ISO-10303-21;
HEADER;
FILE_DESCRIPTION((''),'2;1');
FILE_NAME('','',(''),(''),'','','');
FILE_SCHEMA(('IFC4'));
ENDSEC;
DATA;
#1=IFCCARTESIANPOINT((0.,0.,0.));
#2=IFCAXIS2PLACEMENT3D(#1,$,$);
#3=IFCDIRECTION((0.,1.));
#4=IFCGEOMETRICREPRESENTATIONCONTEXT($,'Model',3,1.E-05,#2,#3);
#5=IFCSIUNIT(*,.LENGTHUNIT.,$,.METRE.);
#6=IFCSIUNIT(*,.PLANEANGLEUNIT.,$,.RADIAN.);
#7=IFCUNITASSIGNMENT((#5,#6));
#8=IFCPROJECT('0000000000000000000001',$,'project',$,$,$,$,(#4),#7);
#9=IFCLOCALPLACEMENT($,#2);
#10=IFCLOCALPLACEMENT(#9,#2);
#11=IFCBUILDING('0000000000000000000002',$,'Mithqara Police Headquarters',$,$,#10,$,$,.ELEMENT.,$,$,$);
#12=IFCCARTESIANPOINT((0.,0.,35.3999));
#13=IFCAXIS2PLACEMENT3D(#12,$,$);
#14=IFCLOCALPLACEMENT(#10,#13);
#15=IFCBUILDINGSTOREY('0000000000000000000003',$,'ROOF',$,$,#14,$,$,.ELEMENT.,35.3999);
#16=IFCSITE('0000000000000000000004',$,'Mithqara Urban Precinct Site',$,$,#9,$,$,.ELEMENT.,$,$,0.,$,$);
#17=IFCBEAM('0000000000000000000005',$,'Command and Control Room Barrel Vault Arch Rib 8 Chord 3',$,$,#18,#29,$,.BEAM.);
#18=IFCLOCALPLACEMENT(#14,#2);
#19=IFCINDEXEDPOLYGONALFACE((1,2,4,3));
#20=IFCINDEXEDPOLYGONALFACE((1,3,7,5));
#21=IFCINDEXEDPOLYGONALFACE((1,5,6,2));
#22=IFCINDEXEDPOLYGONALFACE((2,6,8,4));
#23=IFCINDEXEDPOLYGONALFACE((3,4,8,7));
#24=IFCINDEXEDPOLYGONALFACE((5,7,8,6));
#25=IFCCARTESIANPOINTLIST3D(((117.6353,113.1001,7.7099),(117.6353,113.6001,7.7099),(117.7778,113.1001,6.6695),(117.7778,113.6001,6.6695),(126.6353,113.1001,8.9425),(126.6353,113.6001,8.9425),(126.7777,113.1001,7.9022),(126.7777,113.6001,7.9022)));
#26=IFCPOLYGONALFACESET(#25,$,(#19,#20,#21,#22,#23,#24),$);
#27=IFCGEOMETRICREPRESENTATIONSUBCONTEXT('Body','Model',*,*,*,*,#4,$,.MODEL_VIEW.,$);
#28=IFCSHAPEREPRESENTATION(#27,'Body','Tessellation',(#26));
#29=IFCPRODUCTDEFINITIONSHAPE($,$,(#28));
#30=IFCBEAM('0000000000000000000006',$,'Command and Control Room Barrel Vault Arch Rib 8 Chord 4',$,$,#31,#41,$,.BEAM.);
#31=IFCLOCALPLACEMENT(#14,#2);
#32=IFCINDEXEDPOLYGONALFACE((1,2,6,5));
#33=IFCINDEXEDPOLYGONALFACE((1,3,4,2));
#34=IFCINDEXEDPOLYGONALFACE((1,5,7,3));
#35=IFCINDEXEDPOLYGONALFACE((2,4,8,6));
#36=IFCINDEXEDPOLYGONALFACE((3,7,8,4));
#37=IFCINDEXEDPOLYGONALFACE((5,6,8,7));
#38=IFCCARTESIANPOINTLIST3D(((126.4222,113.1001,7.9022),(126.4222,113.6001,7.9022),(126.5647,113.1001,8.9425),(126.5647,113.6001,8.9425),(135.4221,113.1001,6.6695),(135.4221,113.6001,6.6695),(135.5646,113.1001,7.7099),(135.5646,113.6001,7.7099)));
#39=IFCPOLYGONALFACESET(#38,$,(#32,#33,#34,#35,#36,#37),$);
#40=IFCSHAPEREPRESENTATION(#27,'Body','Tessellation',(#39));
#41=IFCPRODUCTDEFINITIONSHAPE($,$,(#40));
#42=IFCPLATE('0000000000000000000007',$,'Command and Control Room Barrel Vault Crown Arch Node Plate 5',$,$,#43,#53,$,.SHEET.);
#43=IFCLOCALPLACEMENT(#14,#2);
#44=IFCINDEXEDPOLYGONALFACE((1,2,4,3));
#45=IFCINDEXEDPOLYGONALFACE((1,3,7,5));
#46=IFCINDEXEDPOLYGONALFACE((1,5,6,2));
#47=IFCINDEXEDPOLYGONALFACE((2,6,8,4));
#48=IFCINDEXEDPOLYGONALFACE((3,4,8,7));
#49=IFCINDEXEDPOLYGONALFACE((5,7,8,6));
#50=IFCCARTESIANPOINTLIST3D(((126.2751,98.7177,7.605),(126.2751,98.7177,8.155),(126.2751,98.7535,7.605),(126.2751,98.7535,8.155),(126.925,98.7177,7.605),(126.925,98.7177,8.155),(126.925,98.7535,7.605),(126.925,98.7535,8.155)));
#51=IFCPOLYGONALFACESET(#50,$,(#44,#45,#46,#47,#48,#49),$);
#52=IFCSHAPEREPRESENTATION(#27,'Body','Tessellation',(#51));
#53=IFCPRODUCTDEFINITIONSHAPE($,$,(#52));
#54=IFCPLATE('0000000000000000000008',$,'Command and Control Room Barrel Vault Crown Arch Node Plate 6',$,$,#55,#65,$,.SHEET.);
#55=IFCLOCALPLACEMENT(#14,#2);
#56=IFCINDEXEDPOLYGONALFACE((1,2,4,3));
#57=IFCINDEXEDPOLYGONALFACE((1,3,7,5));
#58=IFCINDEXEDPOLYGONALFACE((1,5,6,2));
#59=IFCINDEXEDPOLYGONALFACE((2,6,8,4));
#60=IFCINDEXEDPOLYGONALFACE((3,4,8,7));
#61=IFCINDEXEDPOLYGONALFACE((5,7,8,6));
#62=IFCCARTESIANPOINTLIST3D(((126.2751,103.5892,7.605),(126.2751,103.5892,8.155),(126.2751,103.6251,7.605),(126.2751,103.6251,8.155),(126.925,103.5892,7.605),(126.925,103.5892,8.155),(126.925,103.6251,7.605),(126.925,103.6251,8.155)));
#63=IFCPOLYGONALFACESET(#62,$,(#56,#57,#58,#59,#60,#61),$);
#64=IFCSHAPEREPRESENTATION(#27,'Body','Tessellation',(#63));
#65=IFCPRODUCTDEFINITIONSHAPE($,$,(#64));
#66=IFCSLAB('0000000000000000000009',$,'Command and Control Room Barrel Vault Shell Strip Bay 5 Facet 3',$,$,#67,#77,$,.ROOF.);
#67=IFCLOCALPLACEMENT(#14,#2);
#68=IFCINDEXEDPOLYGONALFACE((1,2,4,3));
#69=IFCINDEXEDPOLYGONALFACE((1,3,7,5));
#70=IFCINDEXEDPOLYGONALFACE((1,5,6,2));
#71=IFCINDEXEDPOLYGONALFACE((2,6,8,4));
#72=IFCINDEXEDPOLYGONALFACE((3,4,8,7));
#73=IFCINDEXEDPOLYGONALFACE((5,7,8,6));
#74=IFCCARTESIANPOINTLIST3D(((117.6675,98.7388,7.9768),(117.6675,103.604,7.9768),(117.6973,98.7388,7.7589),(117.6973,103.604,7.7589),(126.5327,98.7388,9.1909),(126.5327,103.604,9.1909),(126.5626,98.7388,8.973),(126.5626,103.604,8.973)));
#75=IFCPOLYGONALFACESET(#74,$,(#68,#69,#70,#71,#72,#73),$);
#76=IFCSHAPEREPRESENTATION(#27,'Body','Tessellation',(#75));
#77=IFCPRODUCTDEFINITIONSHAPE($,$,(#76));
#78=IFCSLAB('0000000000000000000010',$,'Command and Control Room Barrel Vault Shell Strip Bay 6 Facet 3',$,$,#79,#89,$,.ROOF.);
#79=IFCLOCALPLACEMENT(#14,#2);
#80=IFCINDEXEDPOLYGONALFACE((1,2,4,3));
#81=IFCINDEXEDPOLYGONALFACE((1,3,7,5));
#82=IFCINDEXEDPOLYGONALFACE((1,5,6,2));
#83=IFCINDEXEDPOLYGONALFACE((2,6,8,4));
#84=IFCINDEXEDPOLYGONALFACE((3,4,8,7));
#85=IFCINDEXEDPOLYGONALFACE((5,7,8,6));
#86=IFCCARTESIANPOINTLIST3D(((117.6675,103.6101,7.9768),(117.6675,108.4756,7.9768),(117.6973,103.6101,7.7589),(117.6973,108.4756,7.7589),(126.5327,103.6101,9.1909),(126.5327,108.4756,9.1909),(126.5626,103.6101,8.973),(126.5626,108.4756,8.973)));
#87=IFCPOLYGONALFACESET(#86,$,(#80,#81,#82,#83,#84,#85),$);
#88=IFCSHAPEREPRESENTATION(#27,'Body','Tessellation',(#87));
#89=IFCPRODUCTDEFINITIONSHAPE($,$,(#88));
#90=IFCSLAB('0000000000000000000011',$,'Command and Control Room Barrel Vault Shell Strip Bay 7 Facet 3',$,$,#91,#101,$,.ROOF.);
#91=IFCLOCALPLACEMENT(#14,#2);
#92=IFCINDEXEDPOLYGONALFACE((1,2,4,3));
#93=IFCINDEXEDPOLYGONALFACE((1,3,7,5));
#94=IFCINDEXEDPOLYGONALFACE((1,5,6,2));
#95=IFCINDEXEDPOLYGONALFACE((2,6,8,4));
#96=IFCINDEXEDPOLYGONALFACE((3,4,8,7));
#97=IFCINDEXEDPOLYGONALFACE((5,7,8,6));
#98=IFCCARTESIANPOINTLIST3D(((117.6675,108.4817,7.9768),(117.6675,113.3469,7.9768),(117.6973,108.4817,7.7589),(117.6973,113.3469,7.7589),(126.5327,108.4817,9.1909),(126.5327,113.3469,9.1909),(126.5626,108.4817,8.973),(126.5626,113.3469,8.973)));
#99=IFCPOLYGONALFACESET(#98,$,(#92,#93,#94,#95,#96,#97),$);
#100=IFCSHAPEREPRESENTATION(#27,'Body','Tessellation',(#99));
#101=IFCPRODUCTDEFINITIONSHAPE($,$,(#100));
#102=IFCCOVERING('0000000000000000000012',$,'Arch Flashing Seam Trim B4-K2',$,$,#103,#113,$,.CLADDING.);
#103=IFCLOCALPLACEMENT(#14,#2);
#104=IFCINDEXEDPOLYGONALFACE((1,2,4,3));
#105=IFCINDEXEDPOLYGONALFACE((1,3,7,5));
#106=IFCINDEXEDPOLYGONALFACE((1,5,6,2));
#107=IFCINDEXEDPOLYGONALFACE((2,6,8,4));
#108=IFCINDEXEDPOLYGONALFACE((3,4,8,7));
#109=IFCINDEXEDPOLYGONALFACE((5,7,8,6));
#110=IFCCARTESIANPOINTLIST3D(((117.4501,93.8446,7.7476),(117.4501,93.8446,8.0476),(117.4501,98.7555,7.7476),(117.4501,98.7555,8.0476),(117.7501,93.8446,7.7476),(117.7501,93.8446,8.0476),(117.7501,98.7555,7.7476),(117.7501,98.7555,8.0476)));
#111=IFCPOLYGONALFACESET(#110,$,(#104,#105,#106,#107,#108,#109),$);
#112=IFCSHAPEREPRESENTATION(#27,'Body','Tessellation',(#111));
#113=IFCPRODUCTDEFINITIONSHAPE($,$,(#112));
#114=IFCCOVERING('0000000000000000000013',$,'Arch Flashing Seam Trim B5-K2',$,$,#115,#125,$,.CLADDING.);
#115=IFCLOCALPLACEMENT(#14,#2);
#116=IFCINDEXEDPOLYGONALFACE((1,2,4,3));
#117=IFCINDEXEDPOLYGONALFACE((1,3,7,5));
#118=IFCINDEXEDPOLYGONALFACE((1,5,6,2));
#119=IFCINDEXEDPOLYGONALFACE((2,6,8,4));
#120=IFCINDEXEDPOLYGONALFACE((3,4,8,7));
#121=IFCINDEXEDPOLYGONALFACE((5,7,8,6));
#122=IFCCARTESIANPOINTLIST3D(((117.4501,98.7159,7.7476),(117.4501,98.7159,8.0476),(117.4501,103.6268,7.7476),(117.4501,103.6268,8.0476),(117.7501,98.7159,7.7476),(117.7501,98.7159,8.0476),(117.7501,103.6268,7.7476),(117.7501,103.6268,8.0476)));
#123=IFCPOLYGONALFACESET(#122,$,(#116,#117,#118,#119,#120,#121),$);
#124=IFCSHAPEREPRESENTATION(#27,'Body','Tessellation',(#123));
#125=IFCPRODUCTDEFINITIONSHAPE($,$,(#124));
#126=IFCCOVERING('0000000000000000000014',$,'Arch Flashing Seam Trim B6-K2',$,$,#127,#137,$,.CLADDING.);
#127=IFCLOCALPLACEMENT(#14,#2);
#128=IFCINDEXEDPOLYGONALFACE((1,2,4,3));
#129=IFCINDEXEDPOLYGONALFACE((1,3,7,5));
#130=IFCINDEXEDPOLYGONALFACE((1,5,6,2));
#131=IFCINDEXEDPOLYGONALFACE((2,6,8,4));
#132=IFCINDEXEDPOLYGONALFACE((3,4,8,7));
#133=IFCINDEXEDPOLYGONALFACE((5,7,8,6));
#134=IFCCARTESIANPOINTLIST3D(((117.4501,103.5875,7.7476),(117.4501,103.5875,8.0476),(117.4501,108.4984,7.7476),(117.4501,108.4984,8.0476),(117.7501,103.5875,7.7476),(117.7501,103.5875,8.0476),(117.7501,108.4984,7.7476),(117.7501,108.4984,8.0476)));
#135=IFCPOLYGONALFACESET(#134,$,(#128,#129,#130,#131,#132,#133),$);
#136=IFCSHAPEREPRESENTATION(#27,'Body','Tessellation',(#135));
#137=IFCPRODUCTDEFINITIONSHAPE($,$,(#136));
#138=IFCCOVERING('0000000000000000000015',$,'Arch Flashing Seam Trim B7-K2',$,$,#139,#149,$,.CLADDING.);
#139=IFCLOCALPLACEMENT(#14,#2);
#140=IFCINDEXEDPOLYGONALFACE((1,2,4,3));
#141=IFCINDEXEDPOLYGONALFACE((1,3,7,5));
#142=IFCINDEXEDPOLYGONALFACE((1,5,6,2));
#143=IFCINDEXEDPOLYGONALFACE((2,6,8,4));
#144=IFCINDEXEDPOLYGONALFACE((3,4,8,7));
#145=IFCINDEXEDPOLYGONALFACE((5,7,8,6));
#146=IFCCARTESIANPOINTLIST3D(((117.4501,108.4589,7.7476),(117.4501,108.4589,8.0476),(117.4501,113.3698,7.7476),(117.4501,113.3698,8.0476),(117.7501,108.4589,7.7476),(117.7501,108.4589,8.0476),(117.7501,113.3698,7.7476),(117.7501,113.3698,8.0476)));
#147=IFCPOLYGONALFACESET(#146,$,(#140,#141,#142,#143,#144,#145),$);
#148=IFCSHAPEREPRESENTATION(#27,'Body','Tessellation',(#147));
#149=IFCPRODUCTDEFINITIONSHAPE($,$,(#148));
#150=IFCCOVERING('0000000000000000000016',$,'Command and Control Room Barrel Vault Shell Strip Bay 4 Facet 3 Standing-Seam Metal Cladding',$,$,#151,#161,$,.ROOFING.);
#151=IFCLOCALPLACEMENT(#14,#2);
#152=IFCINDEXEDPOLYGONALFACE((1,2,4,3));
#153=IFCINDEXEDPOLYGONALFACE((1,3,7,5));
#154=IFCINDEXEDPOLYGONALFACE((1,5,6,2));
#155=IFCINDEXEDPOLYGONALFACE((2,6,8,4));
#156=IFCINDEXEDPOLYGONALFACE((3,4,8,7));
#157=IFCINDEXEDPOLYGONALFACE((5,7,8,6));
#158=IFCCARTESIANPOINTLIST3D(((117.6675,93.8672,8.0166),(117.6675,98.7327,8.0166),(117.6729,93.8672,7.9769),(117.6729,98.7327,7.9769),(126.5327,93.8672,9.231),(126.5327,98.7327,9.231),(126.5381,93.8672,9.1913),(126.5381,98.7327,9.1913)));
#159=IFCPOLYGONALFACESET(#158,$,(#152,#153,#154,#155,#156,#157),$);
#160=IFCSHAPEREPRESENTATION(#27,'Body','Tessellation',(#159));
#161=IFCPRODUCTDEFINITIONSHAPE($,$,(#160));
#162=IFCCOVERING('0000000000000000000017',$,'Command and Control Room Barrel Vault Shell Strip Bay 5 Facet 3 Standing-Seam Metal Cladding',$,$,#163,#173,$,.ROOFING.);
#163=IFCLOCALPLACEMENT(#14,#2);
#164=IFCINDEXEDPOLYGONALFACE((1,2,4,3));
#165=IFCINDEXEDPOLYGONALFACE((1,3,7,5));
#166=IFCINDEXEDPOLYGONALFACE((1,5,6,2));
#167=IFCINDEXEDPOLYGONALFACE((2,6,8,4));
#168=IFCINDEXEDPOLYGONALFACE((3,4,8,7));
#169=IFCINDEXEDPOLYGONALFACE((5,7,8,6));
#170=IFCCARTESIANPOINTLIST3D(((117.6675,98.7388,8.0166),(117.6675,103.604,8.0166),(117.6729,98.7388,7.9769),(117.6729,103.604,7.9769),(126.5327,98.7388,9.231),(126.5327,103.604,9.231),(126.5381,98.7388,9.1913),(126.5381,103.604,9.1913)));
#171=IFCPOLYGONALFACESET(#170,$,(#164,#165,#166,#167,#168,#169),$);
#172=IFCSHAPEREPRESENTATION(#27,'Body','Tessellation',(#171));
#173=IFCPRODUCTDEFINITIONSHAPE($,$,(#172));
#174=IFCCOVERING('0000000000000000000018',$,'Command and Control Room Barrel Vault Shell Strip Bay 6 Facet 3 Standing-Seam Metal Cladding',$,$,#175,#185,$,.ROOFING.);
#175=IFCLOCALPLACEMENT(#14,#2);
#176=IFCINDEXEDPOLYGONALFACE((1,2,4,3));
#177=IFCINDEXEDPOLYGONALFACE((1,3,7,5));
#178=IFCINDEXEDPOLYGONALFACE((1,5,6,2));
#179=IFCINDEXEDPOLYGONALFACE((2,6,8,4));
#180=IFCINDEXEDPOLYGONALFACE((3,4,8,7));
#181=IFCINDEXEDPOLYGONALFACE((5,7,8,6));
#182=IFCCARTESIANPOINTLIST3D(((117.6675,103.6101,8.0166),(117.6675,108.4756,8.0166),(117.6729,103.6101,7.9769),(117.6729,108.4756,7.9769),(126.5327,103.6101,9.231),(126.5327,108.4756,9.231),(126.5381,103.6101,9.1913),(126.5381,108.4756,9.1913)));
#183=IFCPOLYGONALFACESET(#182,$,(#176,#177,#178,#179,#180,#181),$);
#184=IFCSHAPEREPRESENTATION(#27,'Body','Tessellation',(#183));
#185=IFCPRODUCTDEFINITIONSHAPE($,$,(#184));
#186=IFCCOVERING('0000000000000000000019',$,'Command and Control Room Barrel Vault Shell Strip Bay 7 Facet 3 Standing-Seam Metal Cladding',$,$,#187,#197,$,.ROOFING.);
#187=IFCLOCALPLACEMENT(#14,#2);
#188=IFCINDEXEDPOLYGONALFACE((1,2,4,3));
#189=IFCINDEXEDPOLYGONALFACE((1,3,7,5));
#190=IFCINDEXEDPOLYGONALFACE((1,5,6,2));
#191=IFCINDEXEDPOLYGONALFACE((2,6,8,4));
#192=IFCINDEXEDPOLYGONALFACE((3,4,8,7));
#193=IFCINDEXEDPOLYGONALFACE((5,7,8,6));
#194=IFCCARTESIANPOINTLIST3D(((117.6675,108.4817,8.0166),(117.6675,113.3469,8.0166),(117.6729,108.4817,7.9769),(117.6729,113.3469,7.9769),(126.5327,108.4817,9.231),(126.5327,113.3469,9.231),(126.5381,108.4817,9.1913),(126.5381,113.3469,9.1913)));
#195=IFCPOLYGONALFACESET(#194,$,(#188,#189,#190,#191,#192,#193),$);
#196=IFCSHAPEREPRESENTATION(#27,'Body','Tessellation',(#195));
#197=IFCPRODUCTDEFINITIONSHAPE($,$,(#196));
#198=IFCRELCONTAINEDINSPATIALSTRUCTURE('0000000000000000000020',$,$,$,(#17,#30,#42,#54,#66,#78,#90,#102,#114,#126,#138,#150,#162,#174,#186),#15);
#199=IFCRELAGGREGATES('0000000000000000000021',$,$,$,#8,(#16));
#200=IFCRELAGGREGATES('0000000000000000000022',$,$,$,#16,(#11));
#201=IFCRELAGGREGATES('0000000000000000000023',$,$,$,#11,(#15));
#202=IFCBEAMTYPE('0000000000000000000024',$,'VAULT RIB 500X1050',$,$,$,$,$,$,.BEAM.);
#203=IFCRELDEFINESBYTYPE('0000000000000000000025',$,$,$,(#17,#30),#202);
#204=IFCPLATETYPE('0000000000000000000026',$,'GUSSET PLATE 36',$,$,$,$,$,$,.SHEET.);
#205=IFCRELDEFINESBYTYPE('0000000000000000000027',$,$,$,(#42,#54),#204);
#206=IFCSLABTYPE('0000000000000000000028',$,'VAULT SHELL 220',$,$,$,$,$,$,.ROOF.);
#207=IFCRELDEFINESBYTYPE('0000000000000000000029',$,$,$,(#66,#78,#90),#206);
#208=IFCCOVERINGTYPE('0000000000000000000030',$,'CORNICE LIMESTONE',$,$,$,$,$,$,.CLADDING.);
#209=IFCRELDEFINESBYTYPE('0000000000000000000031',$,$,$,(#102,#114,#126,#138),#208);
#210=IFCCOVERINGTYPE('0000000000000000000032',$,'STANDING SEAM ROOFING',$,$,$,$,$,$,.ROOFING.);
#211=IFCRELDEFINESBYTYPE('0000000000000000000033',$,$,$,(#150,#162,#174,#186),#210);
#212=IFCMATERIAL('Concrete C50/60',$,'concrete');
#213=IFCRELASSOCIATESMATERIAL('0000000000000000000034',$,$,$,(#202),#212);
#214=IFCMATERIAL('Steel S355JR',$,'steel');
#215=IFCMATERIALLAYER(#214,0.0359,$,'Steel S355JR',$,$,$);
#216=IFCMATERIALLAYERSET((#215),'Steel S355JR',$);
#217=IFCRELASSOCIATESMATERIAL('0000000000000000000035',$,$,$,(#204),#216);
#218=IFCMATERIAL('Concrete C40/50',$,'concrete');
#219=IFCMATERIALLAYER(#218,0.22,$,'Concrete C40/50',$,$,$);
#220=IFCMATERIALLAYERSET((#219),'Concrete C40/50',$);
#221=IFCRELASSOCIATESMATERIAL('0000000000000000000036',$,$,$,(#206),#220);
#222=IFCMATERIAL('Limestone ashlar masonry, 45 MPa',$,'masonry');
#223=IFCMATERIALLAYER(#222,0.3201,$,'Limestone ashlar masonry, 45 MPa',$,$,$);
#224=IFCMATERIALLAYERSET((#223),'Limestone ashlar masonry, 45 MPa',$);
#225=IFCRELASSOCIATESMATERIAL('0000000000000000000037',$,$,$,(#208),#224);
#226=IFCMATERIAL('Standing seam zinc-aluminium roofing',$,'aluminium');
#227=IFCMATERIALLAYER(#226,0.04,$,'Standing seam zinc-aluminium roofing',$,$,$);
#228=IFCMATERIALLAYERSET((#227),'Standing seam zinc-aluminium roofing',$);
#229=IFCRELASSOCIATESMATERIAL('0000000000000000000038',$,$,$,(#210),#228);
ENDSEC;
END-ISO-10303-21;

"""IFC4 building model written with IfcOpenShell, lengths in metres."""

from ifc_helpers import new_model, si_unit, direction, frame, origin, origin_2d, place, context, subcontext, project, spatial, polyline, rectangle, outline, extrude, material, layer, layer_set, material_profile, profile_set, type_object, element, save


model = new_model("IFC4")

# Units and contexts
model_context = context("Model", 3, precision=1e-05, world=origin(), true_north=direction((0.0, 1.0)))
body_context = subcontext(model_context, "Body", "Model", "MODEL_VIEW")
ifc_project = project(units=[si_unit("LENGTHUNIT", "METRE"), si_unit("PLANEANGLEUNIT", "RADIAN")], contexts=[model_context])

# Site, building, storey
site_placement = place(None, origin())
site = spatial("IfcSite", under=ifc_project, at=site_placement, Name="Mithqara Urban Precinct Site", CompositionType="ELEMENT", RefElevation=0.0)
building_placement = place(site_placement, origin())
building = spatial("IfcBuilding", under=site, at=building_placement, Name="Mithqara Police Headquarters", CompositionType="ELEMENT")
storey_placement = place(building_placement, frame((0.0, 0.0, 35.3999)))
storey = spatial("IfcBuildingStorey", under=building, at=storey_placement, Name="ROOF", CompositionType="ELEMENT", Elevation=35.3999)

# Shared definitions
ifc_material_1 = material(Name="Steel S355JR", Category="steel")

# Beams
ifc_material_2 = material(Name="Concrete C50/60", Category="concrete")
ifc_material_profile_1 = material_profile(ifc_material_2, rectangle(XDim=0.5, YDim=1.05, at=origin_2d()), Name="RIB 500x1050")
ifc_profile_set_1 = profile_set([ifc_material_profile_1], Name="Concrete C50/60")
beam_type = type_object("IfcBeamType", Name="VAULT RIB 500X1050", PredefinedType="BEAM", material=ifc_profile_set_1)
for number, where, z_axis, x_axis, name in (
    (1, (117.7065, 113.3501, 7.1897), (0.990751, 0.0, 0.135696), (0.0, 1.0, 0.0), "Command and Control Room Barrel Vault Arch Rib 8 Chord 3"),
    (2, (126.4934, 113.3501, 8.4224), (0.990751, 0.0, -0.135696), (0.0, 1.0, 0.0), "Command and Control Room Barrel Vault Arch Rib 8 Chord 4"),
):
    element("IfcBeam", number, at=place(storey_placement, frame(where, z_axis=z_axis, x_axis=x_axis)), inside=storey, type_object=beam_type, Name=name, PredefinedType="BEAM", context=body_context, shape_type="SweptSolid", body=[
        extrude(rectangle(XDim=0.5, YDim=1.05, at=origin_2d()), origin(), (0.0, 0.0, 1.0), 9.084),
    ])

# Plates
ifc_layer_1 = layer(ifc_material_1, 0.0359, Name="Steel S355JR")
ifc_layer_set_1 = layer_set([ifc_layer_1], Name="Steel S355JR")
plate_type = type_object("IfcPlateType", Name="GUSSET PLATE 36", PredefinedType="SHEET", material=ifc_layer_set_1)
for number, where, z_axis, x_axis, name in (
    (3, (126.6001, 98.7356, 7.605), (0.0, 0.0, 1.0), (1.0, 0.0, 0.0), "Command and Control Room Barrel Vault Crown Arch Node Plate 5"),
    (4, (126.6001, 103.6072, 7.605), (0.0, 0.0, 1.0), (1.0, 0.0, 0.0), "Command and Control Room Barrel Vault Crown Arch Node Plate 6"),
):
    element("IfcPlate", number, at=place(storey_placement, frame(where, z_axis=z_axis, x_axis=x_axis)), inside=storey, type_object=plate_type, Name=name, PredefinedType="SHEET", context=body_context, shape_type="SweptSolid", body=[
        extrude(rectangle(XDim=0.6499, YDim=0.0359, at=origin_2d()), origin(), (0.0, 0.0, 1.0), 0.55),
    ])

# Slabs
ifc_material_3 = material(Name="Concrete C40/50", Category="concrete")
ifc_layer_2 = layer(ifc_material_3, 0.22, Name="Concrete C40/50")
ifc_layer_set_2 = layer_set([ifc_layer_2], Name="Concrete C40/50")
slab_type = type_object("IfcSlabType", Name="VAULT SHELL 220", PredefinedType="ROOF", material=ifc_layer_set_2)
slab_1_placement = place(storey_placement, frame((117.6675, 98.7388, 7.9768), z_axis=(-0.135685, 0.0, 0.990752), x_axis=(0.990752, 0.0, 0.135685)))
element("IfcSlab", 5, at=slab_1_placement, inside=storey, type_object=slab_type, Name="Command and Control Room Barrel Vault Shell Strip Bay 5 Facet 3", PredefinedType="ROOF", context=body_context, shape_type="SweptSolid", body=[
    extrude(outline(polyline([(0.0, 0.0), (8.948, 0.0), (8.948, 4.8652), (0.0, 4.8652), (0.0, 0.0)])), origin(), (0.0, 0.0, -1.0), 0.22),
])
slab_2_placement = place(storey_placement, frame((117.6675, 103.6101, 7.9768), z_axis=(-0.135685, 0.0, 0.990752), x_axis=(0.990752, 0.0, 0.135685)))
element("IfcSlab", 6, at=slab_2_placement, inside=storey, type_object=slab_type, Name="Command and Control Room Barrel Vault Shell Strip Bay 6 Facet 3", PredefinedType="ROOF", context=body_context, shape_type="SweptSolid", body=[
    extrude(outline(polyline([(0.0, 0.0), (8.948, 0.0), (8.948, 4.8655), (0.0, 4.8655), (0.0, 0.0)])), origin(), (0.0, 0.0, -1.0), 0.22),
])
slab_3_placement = place(storey_placement, frame((117.6675, 108.4817, 7.9768), z_axis=(-0.135685, 0.0, 0.990752), x_axis=(0.990752, 0.0, 0.135685)))
element("IfcSlab", 7, at=slab_3_placement, inside=storey, type_object=slab_type, Name="Command and Control Room Barrel Vault Shell Strip Bay 7 Facet 3", PredefinedType="ROOF", context=body_context, shape_type="SweptSolid", body=[
    extrude(outline(polyline([(0.0, 0.0), (8.948, 0.0), (8.948, 4.8652), (0.0, 4.8652), (0.0, 0.0)])), origin(), (0.0, 0.0, -1.0), 0.22),
])

# Coverings
ifc_material_4 = material(Name="Limestone ashlar masonry, 45 MPa", Category="masonry")
ifc_layer_3 = layer(ifc_material_4, 0.3201, Name="Limestone ashlar masonry, 45 MPa")
ifc_layer_set_3 = layer_set([ifc_layer_3], Name="Limestone ashlar masonry, 45 MPa")
covering_type_1 = type_object("IfcCoveringType", Name="CORNICE LIMESTONE", PredefinedType="CLADDING", material=ifc_layer_set_3)
for number, where, z_axis, x_axis, name in (
    (8, (117.6001, 96.3, 7.7476), (0.0, 0.0, 1.0), (1.0, 0.0, 0.0), "Arch Flashing Seam Trim B4-K2"),
    (9, (117.6001, 101.1714, 7.7476), (0.0, 0.0, 1.0), (1.0, 0.0, 0.0), "Arch Flashing Seam Trim B5-K2"),
    (10, (117.6001, 106.043, 7.7476), (0.0, 0.0, 1.0), (1.0, 0.0, 0.0), "Arch Flashing Seam Trim B6-K2"),
    (11, (117.6001, 110.9143, 7.7476), (0.0, 0.0, 1.0), (1.0, 0.0, 0.0), "Arch Flashing Seam Trim B7-K2"),
):
    element("IfcCovering", number, at=place(storey_placement, frame(where, z_axis=z_axis, x_axis=x_axis)), inside=storey, type_object=covering_type_1, Name=name, PredefinedType="CLADDING", context=body_context, shape_type="SweptSolid", body=[
        extrude(rectangle(XDim=0.3, YDim=4.9109, at=origin_2d()), origin(), (0.0, 0.0, 1.0), 0.3),
    ])
ifc_material_5 = material(Name="Standing seam zinc-aluminium roofing", Category="aluminium")
ifc_layer_4 = layer(ifc_material_5, 0.04, Name="Standing seam zinc-aluminium roofing")
ifc_layer_set_4 = layer_set([ifc_layer_4], Name="Standing seam zinc-aluminium roofing")
covering_type_2 = type_object("IfcCoveringType", Name="STANDING SEAM ROOFING", PredefinedType="ROOFING", material=ifc_layer_set_4)
covering_1_placement = place(storey_placement, frame((117.6675, 93.8672, 8.0166), z_axis=(-0.135712, 0.0, 0.990748), x_axis=(0.990748, 0.0, 0.135712)))
element("IfcCovering", 12, at=covering_1_placement, inside=storey, type_object=covering_type_2, Name="Command and Control Room Barrel Vault Shell Strip Bay 4 Facet 3 Standing-Seam Metal Cladding", PredefinedType="ROOFING", context=body_context, shape_type="SweptSolid", body=[
    extrude(outline(polyline([(0.0, 0.0), (8.948, 0.0), (8.948, 4.8655), (0.0, 4.8655), (0.0, 0.0)])), origin(), (0.0, 0.0, -1.0), 0.04),
])
covering_2_placement = place(storey_placement, frame((117.6675, 98.7388, 8.0166), z_axis=(-0.135712, 0.0, 0.990748), x_axis=(0.990748, 0.0, 0.135712)))
element("IfcCovering", 13, at=covering_2_placement, inside=storey, type_object=covering_type_2, Name="Command and Control Room Barrel Vault Shell Strip Bay 5 Facet 3 Standing-Seam Metal Cladding", PredefinedType="ROOFING", context=body_context, shape_type="SweptSolid", body=[
    extrude(outline(polyline([(0.0, 0.0), (8.948, 0.0), (8.948, 4.8652), (0.0, 4.8652), (0.0, 0.0)])), origin(), (0.0, 0.0, -1.0), 0.04),
])
covering_3_placement = place(storey_placement, frame((117.6675, 103.6101, 8.0166), z_axis=(-0.135712, 0.0, 0.990748), x_axis=(0.990748, 0.0, 0.135712)))
element("IfcCovering", 14, at=covering_3_placement, inside=storey, type_object=covering_type_2, Name="Command and Control Room Barrel Vault Shell Strip Bay 6 Facet 3 Standing-Seam Metal Cladding", PredefinedType="ROOFING", context=body_context, shape_type="SweptSolid", body=[
    extrude(outline(polyline([(0.0, 0.0), (8.948, 0.0), (8.948, 4.8655), (0.0, 4.8655), (0.0, 0.0)])), origin(), (0.0, 0.0, -1.0), 0.04),
])
covering_4_placement = place(storey_placement, frame((117.6675, 108.4817, 8.0166), z_axis=(-0.135712, 0.0, 0.990748), x_axis=(0.990748, 0.0, 0.135712)))
element("IfcCovering", 15, at=covering_4_placement, inside=storey, type_object=covering_type_2, Name="Command and Control Room Barrel Vault Shell Strip Bay 7 Facet 3 Standing-Seam Metal Cladding", PredefinedType="ROOFING", context=body_context, shape_type="SweptSolid", body=[
    extrude(outline(polyline([(0.0, 0.0), (8.948, 0.0), (8.948, 4.8652), (0.0, 4.8652), (0.0, 0.0)])), origin(), (0.0, 0.0, -1.0), 0.04),
])

save(model, "model.ifc")
